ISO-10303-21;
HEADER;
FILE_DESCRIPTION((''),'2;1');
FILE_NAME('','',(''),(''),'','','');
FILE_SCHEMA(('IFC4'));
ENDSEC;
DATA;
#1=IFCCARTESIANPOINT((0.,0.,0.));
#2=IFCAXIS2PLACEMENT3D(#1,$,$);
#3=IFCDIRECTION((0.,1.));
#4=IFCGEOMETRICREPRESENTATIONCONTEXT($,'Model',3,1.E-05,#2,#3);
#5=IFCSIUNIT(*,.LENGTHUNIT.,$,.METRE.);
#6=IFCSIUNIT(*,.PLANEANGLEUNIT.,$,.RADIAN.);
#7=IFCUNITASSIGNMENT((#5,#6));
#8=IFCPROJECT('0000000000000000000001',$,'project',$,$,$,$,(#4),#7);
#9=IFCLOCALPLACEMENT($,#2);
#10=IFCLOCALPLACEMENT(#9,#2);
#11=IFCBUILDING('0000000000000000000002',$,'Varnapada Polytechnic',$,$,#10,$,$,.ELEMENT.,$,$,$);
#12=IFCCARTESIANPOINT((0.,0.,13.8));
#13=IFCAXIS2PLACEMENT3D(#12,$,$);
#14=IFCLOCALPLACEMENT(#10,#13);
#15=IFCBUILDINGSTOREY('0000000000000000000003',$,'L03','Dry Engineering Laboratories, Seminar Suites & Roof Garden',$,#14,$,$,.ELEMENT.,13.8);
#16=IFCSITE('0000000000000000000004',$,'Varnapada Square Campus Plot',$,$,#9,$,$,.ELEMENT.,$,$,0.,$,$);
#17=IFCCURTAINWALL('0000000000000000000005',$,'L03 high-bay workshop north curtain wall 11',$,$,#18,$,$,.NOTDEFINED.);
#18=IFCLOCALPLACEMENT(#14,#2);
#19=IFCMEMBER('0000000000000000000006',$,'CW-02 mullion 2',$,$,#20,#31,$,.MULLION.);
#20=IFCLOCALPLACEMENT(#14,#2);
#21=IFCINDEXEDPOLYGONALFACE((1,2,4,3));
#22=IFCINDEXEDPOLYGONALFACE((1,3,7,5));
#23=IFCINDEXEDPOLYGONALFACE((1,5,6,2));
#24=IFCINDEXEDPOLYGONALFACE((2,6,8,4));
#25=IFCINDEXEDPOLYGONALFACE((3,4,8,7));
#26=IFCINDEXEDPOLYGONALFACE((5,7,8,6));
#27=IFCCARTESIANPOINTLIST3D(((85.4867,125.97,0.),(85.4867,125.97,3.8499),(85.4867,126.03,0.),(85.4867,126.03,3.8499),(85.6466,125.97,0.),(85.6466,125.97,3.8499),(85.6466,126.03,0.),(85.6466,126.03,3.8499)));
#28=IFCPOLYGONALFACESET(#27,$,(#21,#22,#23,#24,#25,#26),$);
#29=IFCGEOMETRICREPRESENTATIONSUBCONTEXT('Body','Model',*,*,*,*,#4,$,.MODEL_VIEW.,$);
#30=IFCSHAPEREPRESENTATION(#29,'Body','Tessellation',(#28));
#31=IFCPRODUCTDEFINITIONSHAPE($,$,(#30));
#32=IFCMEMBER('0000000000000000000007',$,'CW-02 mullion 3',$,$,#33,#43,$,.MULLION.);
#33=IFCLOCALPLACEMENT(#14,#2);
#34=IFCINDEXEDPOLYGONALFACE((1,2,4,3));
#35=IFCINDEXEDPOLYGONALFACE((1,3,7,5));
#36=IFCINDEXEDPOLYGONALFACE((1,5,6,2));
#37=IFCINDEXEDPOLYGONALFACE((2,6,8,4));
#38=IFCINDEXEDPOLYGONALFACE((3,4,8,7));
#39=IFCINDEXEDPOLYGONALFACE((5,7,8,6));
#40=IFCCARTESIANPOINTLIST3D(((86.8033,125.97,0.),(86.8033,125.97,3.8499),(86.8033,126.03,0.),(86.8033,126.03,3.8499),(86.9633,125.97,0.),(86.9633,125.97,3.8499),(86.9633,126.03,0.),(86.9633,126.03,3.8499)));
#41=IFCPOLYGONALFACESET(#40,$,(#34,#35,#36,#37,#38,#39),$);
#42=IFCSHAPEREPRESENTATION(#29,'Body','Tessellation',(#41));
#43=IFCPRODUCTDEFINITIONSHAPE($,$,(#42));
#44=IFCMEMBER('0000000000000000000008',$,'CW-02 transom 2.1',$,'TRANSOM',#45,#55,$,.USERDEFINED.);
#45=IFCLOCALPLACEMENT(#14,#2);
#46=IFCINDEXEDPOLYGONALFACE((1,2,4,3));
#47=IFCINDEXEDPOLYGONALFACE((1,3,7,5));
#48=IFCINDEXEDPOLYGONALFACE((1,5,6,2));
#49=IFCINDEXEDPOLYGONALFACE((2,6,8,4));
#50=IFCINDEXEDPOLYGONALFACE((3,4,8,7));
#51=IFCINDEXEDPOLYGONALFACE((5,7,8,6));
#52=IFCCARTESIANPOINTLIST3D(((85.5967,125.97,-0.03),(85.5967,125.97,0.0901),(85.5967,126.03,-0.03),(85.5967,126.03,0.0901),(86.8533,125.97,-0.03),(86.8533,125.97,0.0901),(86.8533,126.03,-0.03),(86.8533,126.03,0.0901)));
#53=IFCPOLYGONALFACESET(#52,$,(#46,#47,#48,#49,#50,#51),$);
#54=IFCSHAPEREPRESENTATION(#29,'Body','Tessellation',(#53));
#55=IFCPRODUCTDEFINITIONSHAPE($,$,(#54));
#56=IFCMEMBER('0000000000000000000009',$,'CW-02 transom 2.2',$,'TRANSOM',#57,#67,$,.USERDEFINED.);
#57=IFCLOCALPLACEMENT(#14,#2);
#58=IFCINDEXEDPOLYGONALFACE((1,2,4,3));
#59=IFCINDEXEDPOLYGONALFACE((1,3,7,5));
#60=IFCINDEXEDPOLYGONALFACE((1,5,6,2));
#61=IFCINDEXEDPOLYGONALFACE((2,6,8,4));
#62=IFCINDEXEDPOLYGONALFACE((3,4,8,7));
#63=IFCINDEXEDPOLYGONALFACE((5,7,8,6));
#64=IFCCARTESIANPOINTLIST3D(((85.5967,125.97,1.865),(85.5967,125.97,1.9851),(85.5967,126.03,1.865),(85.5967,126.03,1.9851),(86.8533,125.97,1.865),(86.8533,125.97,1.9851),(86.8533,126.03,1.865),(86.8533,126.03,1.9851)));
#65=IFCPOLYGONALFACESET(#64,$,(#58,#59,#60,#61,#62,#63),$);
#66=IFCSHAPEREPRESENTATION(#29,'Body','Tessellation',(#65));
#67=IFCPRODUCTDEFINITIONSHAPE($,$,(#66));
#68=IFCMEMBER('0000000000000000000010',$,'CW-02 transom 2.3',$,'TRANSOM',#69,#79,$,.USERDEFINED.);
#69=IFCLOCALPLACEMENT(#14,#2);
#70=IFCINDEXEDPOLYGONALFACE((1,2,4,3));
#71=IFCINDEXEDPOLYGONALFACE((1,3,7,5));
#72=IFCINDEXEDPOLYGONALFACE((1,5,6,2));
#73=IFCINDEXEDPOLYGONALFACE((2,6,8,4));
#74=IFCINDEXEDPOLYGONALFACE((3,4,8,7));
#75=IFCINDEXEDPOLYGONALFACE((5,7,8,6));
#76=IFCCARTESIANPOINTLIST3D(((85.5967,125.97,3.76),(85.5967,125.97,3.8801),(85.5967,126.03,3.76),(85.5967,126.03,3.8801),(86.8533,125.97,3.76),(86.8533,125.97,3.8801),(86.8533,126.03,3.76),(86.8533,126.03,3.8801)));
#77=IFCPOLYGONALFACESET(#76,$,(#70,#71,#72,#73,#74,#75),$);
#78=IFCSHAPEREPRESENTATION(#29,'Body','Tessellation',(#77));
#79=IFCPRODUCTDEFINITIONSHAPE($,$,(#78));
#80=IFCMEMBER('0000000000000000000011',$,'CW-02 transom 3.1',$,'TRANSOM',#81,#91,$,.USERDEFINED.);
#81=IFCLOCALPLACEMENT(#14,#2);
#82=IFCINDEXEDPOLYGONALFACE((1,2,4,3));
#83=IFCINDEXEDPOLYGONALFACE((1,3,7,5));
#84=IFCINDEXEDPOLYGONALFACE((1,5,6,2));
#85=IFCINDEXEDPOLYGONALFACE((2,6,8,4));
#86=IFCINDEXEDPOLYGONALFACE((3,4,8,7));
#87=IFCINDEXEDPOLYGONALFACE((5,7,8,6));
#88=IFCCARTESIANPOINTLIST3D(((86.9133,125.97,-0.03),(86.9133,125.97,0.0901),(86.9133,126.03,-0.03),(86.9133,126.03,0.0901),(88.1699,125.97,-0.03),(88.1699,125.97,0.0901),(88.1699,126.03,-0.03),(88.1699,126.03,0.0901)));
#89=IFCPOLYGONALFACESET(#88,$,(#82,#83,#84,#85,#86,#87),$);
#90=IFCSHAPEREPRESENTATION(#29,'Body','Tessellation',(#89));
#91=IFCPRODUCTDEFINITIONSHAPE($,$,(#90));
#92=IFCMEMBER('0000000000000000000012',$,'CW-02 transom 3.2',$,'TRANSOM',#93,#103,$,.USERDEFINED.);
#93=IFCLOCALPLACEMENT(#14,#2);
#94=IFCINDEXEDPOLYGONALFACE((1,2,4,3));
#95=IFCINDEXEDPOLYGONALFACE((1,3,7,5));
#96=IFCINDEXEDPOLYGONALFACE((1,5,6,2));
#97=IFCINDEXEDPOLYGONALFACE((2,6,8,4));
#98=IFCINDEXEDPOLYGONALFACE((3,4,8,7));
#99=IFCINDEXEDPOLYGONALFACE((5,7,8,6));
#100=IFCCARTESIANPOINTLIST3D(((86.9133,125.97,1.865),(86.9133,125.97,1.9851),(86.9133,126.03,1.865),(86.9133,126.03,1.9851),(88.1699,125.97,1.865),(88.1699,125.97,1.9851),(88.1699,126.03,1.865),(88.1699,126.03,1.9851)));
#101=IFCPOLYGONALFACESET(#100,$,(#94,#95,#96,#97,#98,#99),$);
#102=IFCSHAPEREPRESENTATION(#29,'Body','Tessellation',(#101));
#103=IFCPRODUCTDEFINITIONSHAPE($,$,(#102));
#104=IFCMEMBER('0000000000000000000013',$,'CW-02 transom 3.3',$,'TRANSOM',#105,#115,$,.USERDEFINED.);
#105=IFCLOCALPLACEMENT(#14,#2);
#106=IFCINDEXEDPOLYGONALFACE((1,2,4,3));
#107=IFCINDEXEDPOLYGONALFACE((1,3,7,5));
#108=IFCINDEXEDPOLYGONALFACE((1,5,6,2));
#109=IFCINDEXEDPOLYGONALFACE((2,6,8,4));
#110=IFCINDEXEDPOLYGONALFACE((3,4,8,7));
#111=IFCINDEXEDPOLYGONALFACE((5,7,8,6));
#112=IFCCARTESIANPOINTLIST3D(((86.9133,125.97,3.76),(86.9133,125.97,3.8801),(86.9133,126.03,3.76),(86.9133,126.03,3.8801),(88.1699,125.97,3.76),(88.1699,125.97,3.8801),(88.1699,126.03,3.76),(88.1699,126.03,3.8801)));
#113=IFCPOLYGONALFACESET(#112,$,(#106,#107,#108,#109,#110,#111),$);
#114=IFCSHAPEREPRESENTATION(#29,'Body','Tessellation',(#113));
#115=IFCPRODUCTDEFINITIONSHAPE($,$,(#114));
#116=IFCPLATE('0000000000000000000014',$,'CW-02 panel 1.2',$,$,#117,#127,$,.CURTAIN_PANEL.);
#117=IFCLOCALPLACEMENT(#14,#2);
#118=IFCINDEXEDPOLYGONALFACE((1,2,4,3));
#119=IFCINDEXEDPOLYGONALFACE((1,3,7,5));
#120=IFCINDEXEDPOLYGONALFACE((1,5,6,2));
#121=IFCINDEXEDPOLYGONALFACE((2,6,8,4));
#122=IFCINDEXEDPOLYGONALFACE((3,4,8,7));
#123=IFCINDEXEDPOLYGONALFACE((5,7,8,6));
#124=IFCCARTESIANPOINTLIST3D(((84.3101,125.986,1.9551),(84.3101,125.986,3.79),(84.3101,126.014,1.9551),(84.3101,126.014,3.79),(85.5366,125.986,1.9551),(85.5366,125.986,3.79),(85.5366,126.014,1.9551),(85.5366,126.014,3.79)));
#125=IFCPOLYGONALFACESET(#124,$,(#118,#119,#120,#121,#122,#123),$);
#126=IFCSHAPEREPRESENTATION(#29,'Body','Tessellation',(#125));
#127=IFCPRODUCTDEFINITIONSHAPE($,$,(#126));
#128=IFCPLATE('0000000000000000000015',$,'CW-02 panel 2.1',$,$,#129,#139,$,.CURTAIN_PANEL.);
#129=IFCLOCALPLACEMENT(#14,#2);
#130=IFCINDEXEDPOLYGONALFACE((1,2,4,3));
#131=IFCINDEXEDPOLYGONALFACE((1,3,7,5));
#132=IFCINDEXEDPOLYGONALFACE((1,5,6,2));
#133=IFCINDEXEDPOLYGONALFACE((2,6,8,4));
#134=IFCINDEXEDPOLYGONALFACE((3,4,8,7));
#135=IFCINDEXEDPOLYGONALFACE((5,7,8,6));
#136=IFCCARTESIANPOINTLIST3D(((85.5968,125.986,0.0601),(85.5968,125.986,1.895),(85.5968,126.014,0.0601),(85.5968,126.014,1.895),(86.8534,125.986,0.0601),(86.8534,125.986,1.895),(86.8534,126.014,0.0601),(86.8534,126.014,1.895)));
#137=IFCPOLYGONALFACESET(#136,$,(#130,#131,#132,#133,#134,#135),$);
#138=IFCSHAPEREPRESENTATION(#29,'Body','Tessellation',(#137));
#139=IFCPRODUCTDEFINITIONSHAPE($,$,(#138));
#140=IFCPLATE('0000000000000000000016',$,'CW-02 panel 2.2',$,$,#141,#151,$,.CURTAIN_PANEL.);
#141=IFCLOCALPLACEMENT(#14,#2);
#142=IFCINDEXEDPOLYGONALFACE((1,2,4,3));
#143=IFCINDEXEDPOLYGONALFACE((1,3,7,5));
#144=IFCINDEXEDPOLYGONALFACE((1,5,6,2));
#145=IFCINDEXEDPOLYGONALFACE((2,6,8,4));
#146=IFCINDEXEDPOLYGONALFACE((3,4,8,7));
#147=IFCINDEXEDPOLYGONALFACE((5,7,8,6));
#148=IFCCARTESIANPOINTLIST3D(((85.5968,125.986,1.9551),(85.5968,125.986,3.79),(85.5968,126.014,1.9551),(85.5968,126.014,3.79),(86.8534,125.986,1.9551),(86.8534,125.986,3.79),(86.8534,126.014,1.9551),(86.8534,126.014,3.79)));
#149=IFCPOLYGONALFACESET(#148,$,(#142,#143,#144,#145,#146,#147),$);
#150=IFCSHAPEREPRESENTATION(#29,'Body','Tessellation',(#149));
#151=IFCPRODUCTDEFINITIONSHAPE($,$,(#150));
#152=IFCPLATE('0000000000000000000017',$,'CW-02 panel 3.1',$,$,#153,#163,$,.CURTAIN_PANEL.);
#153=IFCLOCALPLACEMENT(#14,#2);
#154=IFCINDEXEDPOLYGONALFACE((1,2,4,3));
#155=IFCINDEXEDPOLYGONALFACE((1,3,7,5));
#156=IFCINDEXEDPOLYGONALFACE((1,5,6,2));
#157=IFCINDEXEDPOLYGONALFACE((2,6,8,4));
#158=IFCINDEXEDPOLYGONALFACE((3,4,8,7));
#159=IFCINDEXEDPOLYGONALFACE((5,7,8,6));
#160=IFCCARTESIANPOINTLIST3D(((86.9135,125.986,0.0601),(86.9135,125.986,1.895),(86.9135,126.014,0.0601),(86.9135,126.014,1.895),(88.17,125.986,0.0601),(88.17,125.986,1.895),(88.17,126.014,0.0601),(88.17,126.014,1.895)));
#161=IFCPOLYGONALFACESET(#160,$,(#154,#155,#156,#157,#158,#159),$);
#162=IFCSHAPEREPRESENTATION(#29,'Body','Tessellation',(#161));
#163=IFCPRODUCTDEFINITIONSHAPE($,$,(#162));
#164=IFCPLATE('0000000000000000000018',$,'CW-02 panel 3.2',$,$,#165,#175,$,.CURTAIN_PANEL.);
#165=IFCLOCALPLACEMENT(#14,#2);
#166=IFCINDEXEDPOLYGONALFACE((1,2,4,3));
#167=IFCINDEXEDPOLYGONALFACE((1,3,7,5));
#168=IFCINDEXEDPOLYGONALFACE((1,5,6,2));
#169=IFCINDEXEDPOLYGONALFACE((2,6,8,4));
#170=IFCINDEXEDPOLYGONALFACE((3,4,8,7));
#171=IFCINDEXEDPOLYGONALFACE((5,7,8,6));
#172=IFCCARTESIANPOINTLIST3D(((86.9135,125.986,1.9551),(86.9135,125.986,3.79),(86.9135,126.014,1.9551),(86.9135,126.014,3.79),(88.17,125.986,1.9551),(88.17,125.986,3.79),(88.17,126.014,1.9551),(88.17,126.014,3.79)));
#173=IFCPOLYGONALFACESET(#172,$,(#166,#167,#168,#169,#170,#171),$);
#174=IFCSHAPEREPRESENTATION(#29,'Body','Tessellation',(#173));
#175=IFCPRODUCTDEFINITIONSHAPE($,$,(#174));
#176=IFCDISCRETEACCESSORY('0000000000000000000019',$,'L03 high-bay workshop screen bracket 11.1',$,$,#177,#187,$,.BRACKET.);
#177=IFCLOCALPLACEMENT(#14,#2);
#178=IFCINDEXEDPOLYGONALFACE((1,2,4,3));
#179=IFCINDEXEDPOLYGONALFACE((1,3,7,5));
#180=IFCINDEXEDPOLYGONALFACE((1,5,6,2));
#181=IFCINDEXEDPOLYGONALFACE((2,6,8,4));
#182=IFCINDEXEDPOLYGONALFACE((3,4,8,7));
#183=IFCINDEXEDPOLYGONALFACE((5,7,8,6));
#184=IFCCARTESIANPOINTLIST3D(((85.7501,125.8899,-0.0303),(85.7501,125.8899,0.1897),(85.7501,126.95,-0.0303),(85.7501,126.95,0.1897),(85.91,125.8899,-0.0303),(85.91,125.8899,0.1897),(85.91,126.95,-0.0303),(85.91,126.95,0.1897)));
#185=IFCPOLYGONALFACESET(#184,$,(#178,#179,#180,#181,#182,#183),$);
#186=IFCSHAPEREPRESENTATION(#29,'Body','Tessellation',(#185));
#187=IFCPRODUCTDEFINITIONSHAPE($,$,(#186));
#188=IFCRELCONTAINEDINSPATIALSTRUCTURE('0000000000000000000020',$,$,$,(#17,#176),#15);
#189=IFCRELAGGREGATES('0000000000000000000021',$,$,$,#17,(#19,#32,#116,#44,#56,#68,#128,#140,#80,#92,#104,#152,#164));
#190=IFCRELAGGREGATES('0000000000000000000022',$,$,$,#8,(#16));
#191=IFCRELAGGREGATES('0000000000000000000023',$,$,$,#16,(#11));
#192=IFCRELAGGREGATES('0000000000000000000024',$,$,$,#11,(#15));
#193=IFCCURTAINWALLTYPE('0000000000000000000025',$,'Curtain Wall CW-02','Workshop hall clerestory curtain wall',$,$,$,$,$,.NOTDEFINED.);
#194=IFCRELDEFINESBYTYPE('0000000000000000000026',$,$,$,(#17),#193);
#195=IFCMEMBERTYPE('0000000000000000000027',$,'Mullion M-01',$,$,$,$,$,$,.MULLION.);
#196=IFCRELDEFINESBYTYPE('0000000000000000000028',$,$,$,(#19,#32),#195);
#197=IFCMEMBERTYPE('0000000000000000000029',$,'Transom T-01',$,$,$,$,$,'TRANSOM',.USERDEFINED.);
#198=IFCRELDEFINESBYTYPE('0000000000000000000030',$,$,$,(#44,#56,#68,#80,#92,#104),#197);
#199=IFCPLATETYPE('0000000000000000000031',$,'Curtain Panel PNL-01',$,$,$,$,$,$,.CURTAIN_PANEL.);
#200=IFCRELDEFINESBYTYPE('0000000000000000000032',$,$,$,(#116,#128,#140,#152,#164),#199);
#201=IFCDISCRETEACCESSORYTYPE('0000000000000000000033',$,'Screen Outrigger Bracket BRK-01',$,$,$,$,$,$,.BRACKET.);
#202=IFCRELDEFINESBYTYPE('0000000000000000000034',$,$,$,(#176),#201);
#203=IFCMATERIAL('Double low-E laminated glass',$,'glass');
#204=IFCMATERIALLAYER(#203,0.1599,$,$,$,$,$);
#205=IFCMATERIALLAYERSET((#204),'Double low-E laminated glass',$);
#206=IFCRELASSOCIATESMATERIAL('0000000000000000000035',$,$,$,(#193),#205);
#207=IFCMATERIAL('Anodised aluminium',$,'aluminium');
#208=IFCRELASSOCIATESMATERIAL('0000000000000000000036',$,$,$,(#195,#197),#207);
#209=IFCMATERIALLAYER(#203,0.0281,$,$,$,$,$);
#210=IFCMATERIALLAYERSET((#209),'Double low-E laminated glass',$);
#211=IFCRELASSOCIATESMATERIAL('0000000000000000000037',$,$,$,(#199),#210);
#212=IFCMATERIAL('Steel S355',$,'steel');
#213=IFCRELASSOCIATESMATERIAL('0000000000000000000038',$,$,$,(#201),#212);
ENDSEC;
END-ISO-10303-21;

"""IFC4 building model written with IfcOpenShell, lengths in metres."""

from ifc_helpers import new_model, si_unit, direction, frame, origin, origin_2d, place, context, subcontext, project, spatial, rectangle, extrude, material, layer, layer_set, material_profile, profile_set, type_object, element, aggregate, save


model = new_model("IFC4")

# Units and contexts
model_context = context("Model", 3, precision=1e-05, world=origin(), true_north=direction((0.0, 1.0)))
body_context = subcontext(model_context, "Body", "Model", "MODEL_VIEW")
ifc_project = project(units=[si_unit("LENGTHUNIT", "METRE"), si_unit("PLANEANGLEUNIT", "RADIAN")], contexts=[model_context])

# Site, building, storey
site_placement = place(None, origin())
site = spatial("IfcSite", under=ifc_project, at=site_placement, Name="Varnapada Square Campus Plot", CompositionType="ELEMENT", RefElevation=0.0)
building_placement = place(site_placement, origin())
building = spatial("IfcBuilding", under=site, at=building_placement, Name="Varnapada Polytechnic", CompositionType="ELEMENT")
storey_placement = place(building_placement, frame((0.0, 0.0, 13.8)))
storey = spatial("IfcBuildingStorey", under=building, at=storey_placement, Name="L03", Description="Dry Engineering Laboratories, Seminar Suites & Roof Garden", CompositionType="ELEMENT", Elevation=13.8)

# Curtain wall, members, plates
ifc_material_1 = material(Name="Double low-E laminated glass", Category="glass")
ifc_layer_1 = layer(ifc_material_1, 0.1599)
ifc_layer_set_1 = layer_set([ifc_layer_1], Name="Double low-E laminated glass")
curtain_wall_type = type_object("IfcCurtainWallType", Name="Curtain Wall CW-02", Description="Workshop hall clerestory curtain wall", PredefinedType="NOTDEFINED", material=ifc_layer_set_1)
curtain_wall_placement = place(storey_placement, origin())
curtain_wall = element("IfcCurtainWall", 1, at=curtain_wall_placement, inside=storey, type_object=curtain_wall_type, Name="L03 high-bay workshop north curtain wall 11", PredefinedType="NOTDEFINED")
ifc_material_2 = material(Name="Anodised aluminium", Category="aluminium")
ifc_material_profile_1 = material_profile(ifc_material_2, rectangle(XDim=0.0601, YDim=0.1599, at=origin_2d()), Name="ALU M60x160")
ifc_profile_set_1 = profile_set([ifc_material_profile_1], Name="Anodised aluminium")
member_type_1 = type_object("IfcMemberType", Name="Mullion M-01", PredefinedType="MULLION", material=ifc_profile_set_1)
member_1_placement = place(storey_placement, frame((85.5667, 126.0, 0.0), z_axis=(0.0, 0.0, 1.0), x_axis=(0.0, 1.0, 0.0)))
member_1 = element("IfcMember", 2, at=member_1_placement, type_object=member_type_1, Name="CW-02 mullion 2", PredefinedType="MULLION", context=body_context, shape_type="SweptSolid", body=[
    extrude(rectangle(XDim=0.0601, YDim=0.1599, at=origin_2d()), origin(), (0.0, 0.0, 1.0), 3.8499),
])
member_2_placement = place(storey_placement, frame((86.8833, 126.0, 0.0), z_axis=(0.0, 0.0, 1.0), x_axis=(0.0, 1.0, 0.0)))
member_2 = element("IfcMember", 3, at=member_2_placement, type_object=member_type_1, Name="CW-02 mullion 3", PredefinedType="MULLION", context=body_context, shape_type="SweptSolid", body=[
    extrude(rectangle(XDim=0.0601, YDim=0.1599, at=origin_2d()), origin(), (0.0, 0.0, 1.0), 3.8499),
])
ifc_material_profile_2 = material_profile(ifc_material_2, rectangle(XDim=0.0601, YDim=0.1201, at=origin_2d()), Name="ALU T60x120")
ifc_profile_set_2 = profile_set([ifc_material_profile_2], Name="Anodised aluminium")
member_type_2 = type_object("IfcMemberType", Name="Transom T-01", ElementType="TRANSOM", PredefinedType="USERDEFINED", material=ifc_profile_set_2)
member_3_placement = place(storey_placement, frame((85.5967, 126.0, 0.03), z_axis=(1.0, 0.0, 0.0), x_axis=(0.0, 1.0, 0.0)))
member_3 = element("IfcMember", 4, at=member_3_placement, type_object=member_type_2, Name="CW-02 transom 2.1", ObjectType="TRANSOM", PredefinedType="USERDEFINED", context=body_context, shape_type="SweptSolid", body=[
    extrude(rectangle(XDim=0.0601, YDim=0.1201, at=origin_2d()), origin(), (0.0, 0.0, 1.0), 1.2566),
])
member_4_placement = place(storey_placement, frame((85.5967, 126.0, 1.925), z_axis=(1.0, 0.0, 0.0), x_axis=(0.0, 1.0, 0.0)))
member_4 = element("IfcMember", 5, at=member_4_placement, type_object=member_type_2, Name="CW-02 transom 2.2", ObjectType="TRANSOM", PredefinedType="USERDEFINED", context=body_context, shape_type="SweptSolid", body=[
    extrude(rectangle(XDim=0.0601, YDim=0.1201, at=origin_2d()), origin(), (0.0, 0.0, 1.0), 1.2566),
])
member_5_placement = place(storey_placement, frame((85.5967, 126.0, 3.8201), z_axis=(1.0, 0.0, 0.0), x_axis=(0.0, 1.0, 0.0)))
member_5 = element("IfcMember", 6, at=member_5_placement, type_object=member_type_2, Name="CW-02 transom 2.3", ObjectType="TRANSOM", PredefinedType="USERDEFINED", context=body_context, shape_type="SweptSolid", body=[
    extrude(rectangle(XDim=0.0601, YDim=0.1201, at=origin_2d()), origin(), (0.0, 0.0, 1.0), 1.2566),
])
member_6_placement = place(storey_placement, frame((86.9133, 126.0, 0.03), z_axis=(1.0, 0.0, 0.0), x_axis=(0.0, 1.0, 0.0)))
member_6 = element("IfcMember", 7, at=member_6_placement, type_object=member_type_2, Name="CW-02 transom 3.1", ObjectType="TRANSOM", PredefinedType="USERDEFINED", context=body_context, shape_type="SweptSolid", body=[
    extrude(rectangle(XDim=0.0601, YDim=0.1201, at=origin_2d()), origin(), (0.0, 0.0, 1.0), 1.2566),
])
member_7_placement = place(storey_placement, frame((86.9133, 126.0, 1.925), z_axis=(1.0, 0.0, 0.0), x_axis=(0.0, 1.0, 0.0)))
member_7 = element("IfcMember", 8, at=member_7_placement, type_object=member_type_2, Name="CW-02 transom 3.2", ObjectType="TRANSOM", PredefinedType="USERDEFINED", context=body_context, shape_type="SweptSolid", body=[
    extrude(rectangle(XDim=0.0601, YDim=0.1201, at=origin_2d()), origin(), (0.0, 0.0, 1.0), 1.2566),
])
member_8_placement = place(storey_placement, frame((86.9133, 126.0, 3.8201), z_axis=(1.0, 0.0, 0.0), x_axis=(0.0, 1.0, 0.0)))
member_8 = element("IfcMember", 9, at=member_8_placement, type_object=member_type_2, Name="CW-02 transom 3.3", ObjectType="TRANSOM", PredefinedType="USERDEFINED", context=body_context, shape_type="SweptSolid", body=[
    extrude(rectangle(XDim=0.0601, YDim=0.1201, at=origin_2d()), origin(), (0.0, 0.0, 1.0), 1.2566),
])
ifc_layer_2 = layer(ifc_material_1, 0.0281)
ifc_layer_set_2 = layer_set([ifc_layer_2], Name="Double low-E laminated glass")
plate_type = type_object("IfcPlateType", Name="Curtain Panel PNL-01", PredefinedType="CURTAIN_PANEL", material=ifc_layer_set_2)
plate_1_placement = place(storey_placement, frame((84.9233, 126.0, 1.9551), z_axis=(0.0, 0.0, 1.0), x_axis=(1.0, 0.0, 0.0)))
plate_1 = element("IfcPlate", 10, at=plate_1_placement, type_object=plate_type, Name="CW-02 panel 1.2", PredefinedType="CURTAIN_PANEL", context=body_context, shape_type="SweptSolid", body=[
    extrude(rectangle(XDim=1.2266, YDim=0.0281, at=origin_2d()), origin(), (0.0, 0.0, 1.0), 1.835),
])
plate_2_placement = place(storey_placement, frame((86.2251, 126.0, 0.0601), z_axis=(0.0, 0.0, 1.0), x_axis=(1.0, 0.0, 0.0)))
plate_2 = element("IfcPlate", 11, at=plate_2_placement, type_object=plate_type, Name="CW-02 panel 2.1", PredefinedType="CURTAIN_PANEL", context=body_context, shape_type="SweptSolid", body=[
    extrude(rectangle(XDim=1.2566, YDim=0.0281, at=origin_2d()), origin(), (0.0, 0.0, 1.0), 1.835),
])
plate_3_placement = place(storey_placement, frame((86.2251, 126.0, 1.9551), z_axis=(0.0, 0.0, 1.0), x_axis=(1.0, 0.0, 0.0)))
plate_3 = element("IfcPlate", 12, at=plate_3_placement, type_object=plate_type, Name="CW-02 panel 2.2", PredefinedType="CURTAIN_PANEL", context=body_context, shape_type="SweptSolid", body=[
    extrude(rectangle(XDim=1.2566, YDim=0.0281, at=origin_2d()), origin(), (0.0, 0.0, 1.0), 1.835),
])
plate_4_placement = place(storey_placement, frame((87.5417, 126.0, 0.0601), z_axis=(0.0, 0.0, 1.0), x_axis=(1.0, 0.0, 0.0)))
plate_4 = element("IfcPlate", 13, at=plate_4_placement, type_object=plate_type, Name="CW-02 panel 3.1", PredefinedType="CURTAIN_PANEL", context=body_context, shape_type="SweptSolid", body=[
    extrude(rectangle(XDim=1.2566, YDim=0.0281, at=origin_2d()), origin(), (0.0, 0.0, 1.0), 1.835),
])
plate_5_placement = place(storey_placement, frame((87.5417, 126.0, 1.9551), z_axis=(0.0, 0.0, 1.0), x_axis=(1.0, 0.0, 0.0)))
plate_5 = element("IfcPlate", 14, at=plate_5_placement, type_object=plate_type, Name="CW-02 panel 3.2", PredefinedType="CURTAIN_PANEL", context=body_context, shape_type="SweptSolid", body=[
    extrude(rectangle(XDim=1.2566, YDim=0.0281, at=origin_2d()), origin(), (0.0, 0.0, 1.0), 1.835),
])
aggregate(curtain_wall, [member_1, member_2, plate_1, member_3, member_4, member_5, plate_2, plate_3, member_6, member_7, member_8, plate_4, plate_5])

# Discrete accessory
ifc_material_3 = material(Name="Steel S355", Category="steel")
discrete_accessory_type = type_object("IfcDiscreteAccessoryType", Name="Screen Outrigger Bracket BRK-01", PredefinedType="BRACKET", material=ifc_material_3)
discrete_accessory_placement = place(storey_placement, frame((85.8301, 126.4199, -0.0303), z_axis=(0.0, 0.0, 1.0), x_axis=(1.0, 0.0, 0.0)))
element("IfcDiscreteAccessory", 15, at=discrete_accessory_placement, inside=storey, type_object=discrete_accessory_type, Name="L03 high-bay workshop screen bracket 11.1", PredefinedType="BRACKET", context=body_context, shape_type="SweptSolid", body=[
    extrude(rectangle(XDim=0.1599, YDim=1.0601, at=origin_2d()), origin(), (0.0, 0.0, 1.0), 0.22),
])

save(model, "model.ifc")
